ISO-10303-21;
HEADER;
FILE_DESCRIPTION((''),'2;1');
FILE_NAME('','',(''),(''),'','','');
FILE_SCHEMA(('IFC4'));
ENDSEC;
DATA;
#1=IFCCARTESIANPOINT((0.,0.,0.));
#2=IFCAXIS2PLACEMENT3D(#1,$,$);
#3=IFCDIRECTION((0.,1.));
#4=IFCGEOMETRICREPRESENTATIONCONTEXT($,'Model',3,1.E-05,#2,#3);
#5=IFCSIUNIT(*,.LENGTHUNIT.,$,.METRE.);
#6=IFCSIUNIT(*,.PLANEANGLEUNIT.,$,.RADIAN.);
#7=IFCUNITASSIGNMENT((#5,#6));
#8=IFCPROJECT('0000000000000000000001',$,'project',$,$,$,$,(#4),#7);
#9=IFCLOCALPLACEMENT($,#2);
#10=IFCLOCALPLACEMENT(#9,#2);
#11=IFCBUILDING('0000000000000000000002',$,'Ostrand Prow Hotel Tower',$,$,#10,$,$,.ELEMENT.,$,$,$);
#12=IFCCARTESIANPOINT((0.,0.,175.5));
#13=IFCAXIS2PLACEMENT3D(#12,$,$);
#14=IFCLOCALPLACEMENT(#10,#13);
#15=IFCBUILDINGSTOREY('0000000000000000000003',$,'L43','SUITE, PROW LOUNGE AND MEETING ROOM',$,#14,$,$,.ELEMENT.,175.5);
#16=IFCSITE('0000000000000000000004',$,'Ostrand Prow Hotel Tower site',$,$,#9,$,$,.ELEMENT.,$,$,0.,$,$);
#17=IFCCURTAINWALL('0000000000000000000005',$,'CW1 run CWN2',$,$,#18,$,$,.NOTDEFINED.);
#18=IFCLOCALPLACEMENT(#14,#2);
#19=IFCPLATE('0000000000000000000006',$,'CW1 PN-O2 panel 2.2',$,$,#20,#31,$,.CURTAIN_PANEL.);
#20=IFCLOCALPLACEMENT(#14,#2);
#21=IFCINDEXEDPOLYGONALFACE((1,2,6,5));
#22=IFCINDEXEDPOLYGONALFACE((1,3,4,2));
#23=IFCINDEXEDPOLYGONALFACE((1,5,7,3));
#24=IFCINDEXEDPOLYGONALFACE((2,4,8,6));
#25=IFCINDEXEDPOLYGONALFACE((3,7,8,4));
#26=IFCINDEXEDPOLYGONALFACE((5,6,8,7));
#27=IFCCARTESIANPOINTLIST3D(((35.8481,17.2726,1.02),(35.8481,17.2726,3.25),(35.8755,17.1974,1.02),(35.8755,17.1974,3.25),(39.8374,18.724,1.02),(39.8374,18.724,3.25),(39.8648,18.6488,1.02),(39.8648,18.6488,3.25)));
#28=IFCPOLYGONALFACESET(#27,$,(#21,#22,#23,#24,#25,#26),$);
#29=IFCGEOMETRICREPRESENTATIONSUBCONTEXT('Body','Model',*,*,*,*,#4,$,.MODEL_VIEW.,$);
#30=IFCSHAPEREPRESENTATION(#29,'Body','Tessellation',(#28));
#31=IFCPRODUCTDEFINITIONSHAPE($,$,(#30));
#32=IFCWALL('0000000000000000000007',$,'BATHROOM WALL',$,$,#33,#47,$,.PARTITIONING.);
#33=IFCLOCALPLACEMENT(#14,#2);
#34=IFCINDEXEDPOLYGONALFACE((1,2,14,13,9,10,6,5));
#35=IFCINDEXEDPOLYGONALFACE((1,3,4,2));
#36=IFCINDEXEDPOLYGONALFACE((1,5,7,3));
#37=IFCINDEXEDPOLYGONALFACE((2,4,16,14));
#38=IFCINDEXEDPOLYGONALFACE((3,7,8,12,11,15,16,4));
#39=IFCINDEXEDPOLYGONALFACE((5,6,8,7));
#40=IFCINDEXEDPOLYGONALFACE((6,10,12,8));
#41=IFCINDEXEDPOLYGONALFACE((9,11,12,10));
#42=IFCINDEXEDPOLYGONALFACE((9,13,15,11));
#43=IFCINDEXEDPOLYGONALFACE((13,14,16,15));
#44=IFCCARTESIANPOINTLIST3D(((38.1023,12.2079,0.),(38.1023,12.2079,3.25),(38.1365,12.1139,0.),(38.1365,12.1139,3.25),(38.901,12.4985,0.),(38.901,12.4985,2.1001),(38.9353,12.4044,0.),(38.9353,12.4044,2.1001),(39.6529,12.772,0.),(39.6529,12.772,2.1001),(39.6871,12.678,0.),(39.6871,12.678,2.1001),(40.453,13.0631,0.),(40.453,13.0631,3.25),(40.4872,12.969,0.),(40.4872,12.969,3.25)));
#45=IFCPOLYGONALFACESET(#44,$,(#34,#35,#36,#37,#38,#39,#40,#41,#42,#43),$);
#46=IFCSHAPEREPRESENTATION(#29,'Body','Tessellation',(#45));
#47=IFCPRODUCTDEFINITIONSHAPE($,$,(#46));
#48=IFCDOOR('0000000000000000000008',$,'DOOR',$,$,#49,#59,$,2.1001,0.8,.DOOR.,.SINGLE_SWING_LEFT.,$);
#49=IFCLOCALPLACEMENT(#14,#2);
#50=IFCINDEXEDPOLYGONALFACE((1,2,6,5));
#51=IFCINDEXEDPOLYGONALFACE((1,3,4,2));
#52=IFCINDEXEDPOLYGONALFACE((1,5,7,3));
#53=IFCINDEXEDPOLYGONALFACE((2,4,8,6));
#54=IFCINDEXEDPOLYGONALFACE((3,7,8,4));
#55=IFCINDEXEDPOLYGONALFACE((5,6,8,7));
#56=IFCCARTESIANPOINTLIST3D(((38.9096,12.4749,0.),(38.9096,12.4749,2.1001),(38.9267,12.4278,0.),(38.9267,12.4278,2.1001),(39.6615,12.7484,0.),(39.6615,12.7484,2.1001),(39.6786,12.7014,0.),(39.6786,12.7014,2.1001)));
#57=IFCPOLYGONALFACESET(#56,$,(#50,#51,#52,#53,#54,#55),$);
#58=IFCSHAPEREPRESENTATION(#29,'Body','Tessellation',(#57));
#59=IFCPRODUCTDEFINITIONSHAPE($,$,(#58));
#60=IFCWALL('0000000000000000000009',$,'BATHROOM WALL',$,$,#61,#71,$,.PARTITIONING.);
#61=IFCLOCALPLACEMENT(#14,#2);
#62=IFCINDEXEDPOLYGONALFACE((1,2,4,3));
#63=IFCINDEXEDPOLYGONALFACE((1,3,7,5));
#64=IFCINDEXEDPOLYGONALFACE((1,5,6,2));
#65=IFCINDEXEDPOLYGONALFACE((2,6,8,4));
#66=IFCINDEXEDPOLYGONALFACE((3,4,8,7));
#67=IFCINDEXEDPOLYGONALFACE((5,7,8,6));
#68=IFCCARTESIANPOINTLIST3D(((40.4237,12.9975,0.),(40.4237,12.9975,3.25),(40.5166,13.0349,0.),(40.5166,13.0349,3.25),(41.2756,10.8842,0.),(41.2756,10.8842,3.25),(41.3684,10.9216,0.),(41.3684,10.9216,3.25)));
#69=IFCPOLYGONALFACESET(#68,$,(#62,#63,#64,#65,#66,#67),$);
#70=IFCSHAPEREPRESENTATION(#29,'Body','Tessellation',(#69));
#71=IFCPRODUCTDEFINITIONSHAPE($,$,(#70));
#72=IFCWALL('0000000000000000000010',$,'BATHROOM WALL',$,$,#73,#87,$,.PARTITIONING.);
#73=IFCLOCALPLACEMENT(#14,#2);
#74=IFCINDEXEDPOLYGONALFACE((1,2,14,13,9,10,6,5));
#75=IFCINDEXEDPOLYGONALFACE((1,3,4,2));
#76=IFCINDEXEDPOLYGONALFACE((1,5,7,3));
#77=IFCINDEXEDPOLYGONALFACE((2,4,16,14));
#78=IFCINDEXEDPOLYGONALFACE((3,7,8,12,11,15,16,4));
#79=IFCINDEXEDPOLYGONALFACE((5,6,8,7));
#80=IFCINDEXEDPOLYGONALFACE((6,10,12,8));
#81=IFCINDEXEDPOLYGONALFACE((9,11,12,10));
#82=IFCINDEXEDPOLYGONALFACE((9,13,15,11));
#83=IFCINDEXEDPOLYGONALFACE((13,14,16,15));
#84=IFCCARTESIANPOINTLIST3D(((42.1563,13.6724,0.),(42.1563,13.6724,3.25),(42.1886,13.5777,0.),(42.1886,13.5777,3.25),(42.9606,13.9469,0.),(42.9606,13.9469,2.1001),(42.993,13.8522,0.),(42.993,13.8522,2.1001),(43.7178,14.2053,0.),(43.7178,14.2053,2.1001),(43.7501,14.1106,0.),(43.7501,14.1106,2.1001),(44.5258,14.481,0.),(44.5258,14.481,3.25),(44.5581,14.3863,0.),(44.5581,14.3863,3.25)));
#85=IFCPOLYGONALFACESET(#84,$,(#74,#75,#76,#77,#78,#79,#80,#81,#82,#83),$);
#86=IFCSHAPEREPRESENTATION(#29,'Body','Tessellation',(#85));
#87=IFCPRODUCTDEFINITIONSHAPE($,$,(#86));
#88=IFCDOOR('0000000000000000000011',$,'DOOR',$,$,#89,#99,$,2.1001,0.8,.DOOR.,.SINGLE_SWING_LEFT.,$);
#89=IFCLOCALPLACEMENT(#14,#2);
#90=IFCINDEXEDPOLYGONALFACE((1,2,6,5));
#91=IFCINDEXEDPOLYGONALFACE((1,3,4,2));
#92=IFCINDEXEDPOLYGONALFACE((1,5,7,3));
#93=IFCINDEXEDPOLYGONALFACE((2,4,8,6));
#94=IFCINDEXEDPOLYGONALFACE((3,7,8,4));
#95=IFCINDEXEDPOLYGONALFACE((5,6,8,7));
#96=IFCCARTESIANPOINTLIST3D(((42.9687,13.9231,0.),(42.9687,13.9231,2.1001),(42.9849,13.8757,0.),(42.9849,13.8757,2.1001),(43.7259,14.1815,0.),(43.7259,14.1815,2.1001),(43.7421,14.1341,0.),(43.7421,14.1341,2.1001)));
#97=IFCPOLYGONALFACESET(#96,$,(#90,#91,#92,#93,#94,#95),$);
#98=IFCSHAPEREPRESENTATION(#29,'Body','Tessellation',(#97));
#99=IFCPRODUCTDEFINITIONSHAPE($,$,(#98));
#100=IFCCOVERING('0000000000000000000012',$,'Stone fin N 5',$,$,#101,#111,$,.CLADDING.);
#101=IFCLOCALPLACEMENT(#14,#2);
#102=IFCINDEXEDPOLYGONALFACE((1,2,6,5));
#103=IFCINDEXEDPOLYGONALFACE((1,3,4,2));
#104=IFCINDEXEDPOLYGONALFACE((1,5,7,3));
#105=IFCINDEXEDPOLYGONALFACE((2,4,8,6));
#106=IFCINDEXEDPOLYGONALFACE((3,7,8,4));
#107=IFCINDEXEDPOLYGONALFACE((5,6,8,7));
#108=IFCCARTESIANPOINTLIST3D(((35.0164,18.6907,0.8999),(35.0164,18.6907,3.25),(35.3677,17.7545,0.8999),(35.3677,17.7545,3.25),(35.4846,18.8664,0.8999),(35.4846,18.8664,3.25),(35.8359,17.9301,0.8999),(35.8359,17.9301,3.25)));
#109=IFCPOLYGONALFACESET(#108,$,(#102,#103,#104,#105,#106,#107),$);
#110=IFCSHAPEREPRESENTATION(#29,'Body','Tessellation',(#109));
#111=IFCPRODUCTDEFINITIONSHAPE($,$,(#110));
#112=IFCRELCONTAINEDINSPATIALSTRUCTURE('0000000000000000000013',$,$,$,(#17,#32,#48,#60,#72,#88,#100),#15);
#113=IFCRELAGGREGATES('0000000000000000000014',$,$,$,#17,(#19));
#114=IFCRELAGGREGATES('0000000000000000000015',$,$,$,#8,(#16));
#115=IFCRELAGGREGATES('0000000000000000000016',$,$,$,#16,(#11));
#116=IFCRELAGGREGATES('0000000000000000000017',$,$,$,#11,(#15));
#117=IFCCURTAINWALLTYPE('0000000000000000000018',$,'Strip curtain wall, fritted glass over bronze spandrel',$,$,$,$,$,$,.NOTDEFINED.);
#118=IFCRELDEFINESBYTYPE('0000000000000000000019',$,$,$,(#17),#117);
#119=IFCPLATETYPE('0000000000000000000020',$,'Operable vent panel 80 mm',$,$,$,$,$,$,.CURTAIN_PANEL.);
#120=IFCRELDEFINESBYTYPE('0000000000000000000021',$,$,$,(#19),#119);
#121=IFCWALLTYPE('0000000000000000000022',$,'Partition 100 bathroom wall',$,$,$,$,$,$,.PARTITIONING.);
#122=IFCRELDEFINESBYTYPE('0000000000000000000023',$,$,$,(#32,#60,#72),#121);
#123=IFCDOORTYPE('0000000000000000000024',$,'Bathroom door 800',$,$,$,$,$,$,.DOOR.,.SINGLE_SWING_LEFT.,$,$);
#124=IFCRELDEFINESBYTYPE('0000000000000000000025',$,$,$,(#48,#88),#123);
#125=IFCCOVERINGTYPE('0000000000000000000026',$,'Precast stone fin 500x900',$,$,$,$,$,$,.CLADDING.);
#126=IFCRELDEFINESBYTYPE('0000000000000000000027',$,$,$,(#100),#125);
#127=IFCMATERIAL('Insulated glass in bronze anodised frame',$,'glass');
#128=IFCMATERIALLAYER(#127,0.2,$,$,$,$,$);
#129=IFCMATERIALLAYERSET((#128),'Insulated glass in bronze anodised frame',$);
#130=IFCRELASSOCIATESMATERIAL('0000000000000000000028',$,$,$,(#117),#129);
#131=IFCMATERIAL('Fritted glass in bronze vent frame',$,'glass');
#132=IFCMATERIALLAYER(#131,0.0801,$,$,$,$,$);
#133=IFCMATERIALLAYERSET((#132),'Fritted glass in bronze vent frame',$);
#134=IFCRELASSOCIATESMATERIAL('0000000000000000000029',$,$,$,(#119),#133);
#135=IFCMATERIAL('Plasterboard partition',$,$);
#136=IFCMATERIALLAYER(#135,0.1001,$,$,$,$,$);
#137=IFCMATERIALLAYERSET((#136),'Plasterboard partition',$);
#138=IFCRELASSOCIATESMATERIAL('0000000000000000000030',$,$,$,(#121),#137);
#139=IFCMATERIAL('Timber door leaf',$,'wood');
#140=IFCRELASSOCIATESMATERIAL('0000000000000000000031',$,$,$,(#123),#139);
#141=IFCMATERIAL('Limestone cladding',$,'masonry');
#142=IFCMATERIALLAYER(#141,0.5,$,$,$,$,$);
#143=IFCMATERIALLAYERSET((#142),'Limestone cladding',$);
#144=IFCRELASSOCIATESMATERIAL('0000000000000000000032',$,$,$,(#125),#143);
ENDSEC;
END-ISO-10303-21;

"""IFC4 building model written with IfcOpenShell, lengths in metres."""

from ifc_helpers import new_model, si_unit, direction, frame, frame_2d, origin, origin_2d, place, context, subcontext, project, spatial, rectangle, extrude, material, layer, layer_set, type_object, element, fill, aggregate, save


model = new_model("IFC4")

# Units and contexts
model_context = context("Model", 3, precision=1e-05, world=origin(), true_north=direction((0.0, 1.0)))
body_context = subcontext(model_context, "Body", "Model", "MODEL_VIEW")
ifc_project = project(units=[si_unit("LENGTHUNIT", "METRE"), si_unit("PLANEANGLEUNIT", "RADIAN")], contexts=[model_context])

# Site, building, storey
site_placement = place(None, origin())
site = spatial("IfcSite", under=ifc_project, at=site_placement, Name="Ostrand Prow Hotel Tower site", CompositionType="ELEMENT", RefElevation=0.0)
building_placement = place(site_placement, origin())
building = spatial("IfcBuilding", under=site, at=building_placement, Name="Ostrand Prow Hotel Tower", CompositionType="ELEMENT")
storey_placement = place(building_placement, frame((0.0, 0.0, 175.5)))
storey = spatial("IfcBuildingStorey", under=building, at=storey_placement, Name="L43", Description="SUITE, PROW LOUNGE AND MEETING ROOM", CompositionType="ELEMENT", Elevation=175.5)

# Curtain wall
ifc_material_1 = material(Name="Insulated glass in bronze anodised frame", Category="glass")
ifc_layer_1 = layer(ifc_material_1, 0.2)
ifc_layer_set_1 = layer_set([ifc_layer_1], Name="Insulated glass in bronze anodised frame")
curtain_wall_type = type_object("IfcCurtainWallType", Name="Strip curtain wall, fritted glass over bronze spandrel", PredefinedType="NOTDEFINED", material=ifc_layer_set_1)
curtain_wall_1_placement = place(storey_placement, origin())
curtain_wall_1 = element("IfcCurtainWall", 1, at=curtain_wall_1_placement, inside=storey, type_object=curtain_wall_type, Name="CW1 run CWN2", PredefinedType="NOTDEFINED")

# Plate
ifc_material_2 = material(Name="Fritted glass in bronze vent frame", Category="glass")
ifc_layer_2 = layer(ifc_material_2, 0.0801)
ifc_layer_set_2 = layer_set([ifc_layer_2], Name="Fritted glass in bronze vent frame")
plate_type_1 = type_object("IfcPlateType", Name="Operable vent panel 80 mm", PredefinedType="CURTAIN_PANEL", material=ifc_layer_set_2)
plate_1_placement = place(storey_placement, frame((37.8564, 17.9607, 1.02), z_axis=(0.0, 0.0, 1.0), x_axis=(-0.939737, -0.341897, 0.0)))
plate_1 = element("IfcPlate", 2, at=plate_1_placement, type_object=plate_type_1, Name="CW1 PN-O2 panel 2.2", PredefinedType="CURTAIN_PANEL", context=body_context, shape_type="SweptSolid", body=[
    extrude(rectangle(XDim=4.2451, YDim=0.0801, at=origin_2d()), origin(), (0.0, 0.0, 1.0), 2.23),
])
aggregate(curtain_wall_1, [plate_1])

# Wall, opening, door
ifc_material_3 = material(Name="Plasterboard partition")
ifc_layer_3 = layer(ifc_material_3, 0.1001)
ifc_layer_set_3 = layer_set([ifc_layer_3], Name="Plasterboard partition")
wall_type = type_object("IfcWallType", Name="Partition 100 bathroom wall", PredefinedType="PARTITIONING", material=ifc_layer_set_3)
wall_1_placement = place(storey_placement, frame((38.1194, 12.1609, 0.0), z_axis=(0.0, 0.0, 1.0), x_axis=(0.939745, 0.341876, 0.0)))
wall_1 = element("IfcWall", 3, at=wall_1_placement, inside=storey, type_object=wall_type, Name="BATHROOM WALL", PredefinedType="PARTITIONING", context=body_context, shape_type="SweptSolid", body=[
    extrude(rectangle(XDim=2.5015, YDim=0.1001, at=frame_2d((1.2507, 0.0))), origin(), (0.0, 0.0, 1.0), 3.25),
])
opening_1_placement = place(wall_1_placement, frame((0.8501, 0.0, 0.0)))
opening_1 = element("IfcOpeningElement", 4, at=opening_1_placement, cuts=wall_1, PredefinedType="OPENING", context=body_context, shape_type="SweptSolid", body=[
    extrude(rectangle(XDim=0.8, YDim=2.1001, at=frame_2d((0.3999, 1.05))), frame((0.0, 0.0601, 0.0), z_axis=(0.0, -1.0, 0.0), x_axis=(1.0, 0.0, 0.0)), (0.0, 0.0, 1.0), 0.1201),
])
ifc_material_4 = material(Name="Timber door leaf", Category="wood")
door_type = type_object("IfcDoorType", Name="Bathroom door 800", OperationType="SINGLE_SWING_LEFT", PredefinedType="DOOR", material=ifc_material_4)
door_1_placement = place(opening_1_placement, origin())
door_1 = element("IfcDoor", 5, at=door_1_placement, inside=storey, type_object=door_type, Name="DOOR", OperationType="SINGLE_SWING_LEFT", OverallHeight=2.1001, OverallWidth=0.8, PredefinedType="DOOR", context=body_context, shape_type="SweptSolid", body=[
    extrude(rectangle(XDim=0.8, YDim=2.1001, at=frame_2d((0.3999, 1.05))), frame((0.0, 0.0249, 0.0), z_axis=(0.0, -1.0, 0.0), x_axis=(1.0, 0.0, 0.0)), (0.0, 0.0, 1.0), 0.05),
])
fill(opening_1, door_1)

# Wall
wall_2_placement = place(storey_placement, frame((40.4702, 13.0161, 0.0), z_axis=(0.0, 0.0, 1.0), x_axis=(0.373846, -0.927491, 0.0)))
element("IfcWall", 6, at=wall_2_placement, inside=storey, type_object=wall_type, Name="BATHROOM WALL", PredefinedType="PARTITIONING", context=body_context, shape_type="SweptSolid", body=[
    extrude(rectangle(XDim=2.2786, YDim=0.1001, at=frame_2d((1.1392, 0.0))), origin(), (0.0, 0.0, 1.0), 3.25),
])

# Wall, opening, door
wall_3_placement = place(storey_placement, frame((42.1724, 13.625, 0.0), z_axis=(0.0, 0.0, 1.0), x_axis=(0.946407, 0.322978, 0.0)))
wall_3 = element("IfcWall", 7, at=wall_3_placement, inside=storey, type_object=wall_type, Name="BATHROOM WALL", PredefinedType="PARTITIONING", context=body_context, shape_type="SweptSolid", body=[
    extrude(rectangle(XDim=2.5037, YDim=0.1001, at=frame_2d((1.252, 0.0))), origin(), (0.0, 0.0, 1.0), 3.25),
])
opening_2_placement = place(wall_3_placement, frame((0.8501, 0.0, 0.0)))
opening_2 = element("IfcOpeningElement", 8, at=opening_2_placement, cuts=wall_3, PredefinedType="OPENING", context=body_context, shape_type="SweptSolid", body=[
    extrude(rectangle(XDim=0.8, YDim=2.1001, at=frame_2d((0.3999, 1.05))), frame((0.0, 0.0601, 0.0), z_axis=(0.0, -1.0, 0.0), x_axis=(1.0, 0.0, 0.0)), (0.0, 0.0, 1.0), 0.1201),
])
door_2_placement = place(opening_2_placement, origin())
door_2 = element("IfcDoor", 9, at=door_2_placement, inside=storey, type_object=door_type, Name="DOOR", OperationType="SINGLE_SWING_LEFT", OverallHeight=2.1001, OverallWidth=0.8, PredefinedType="DOOR", context=body_context, shape_type="SweptSolid", body=[
    extrude(rectangle(XDim=0.8, YDim=2.1001, at=frame_2d((0.3999, 1.05))), frame((0.0, 0.0249, 0.0), z_axis=(0.0, -1.0, 0.0), x_axis=(1.0, 0.0, 0.0)), (0.0, 0.0, 1.0), 0.05),
])
fill(opening_2, door_2)

# Covering
ifc_material_5 = material(Name="Limestone cladding", Category="masonry")
ifc_layer_4 = layer(ifc_material_5, 0.5)
ifc_layer_set_4 = layer_set([ifc_layer_4], Name="Limestone cladding")
covering_type = type_object("IfcCoveringType", Name="Precast stone fin 500x900", PredefinedType="CLADDING", material=ifc_layer_set_4)
covering_placement = place(storey_placement, frame((35.6018, 17.8423, 0.8999), z_axis=(0.0, 0.0, 1.0), x_axis=(-0.351311, 0.936259, 0.0)))
element("IfcCovering", 10, at=covering_placement, inside=storey, type_object=covering_type, Name="Stone fin N 5", PredefinedType="CLADDING", context=body_context, shape_type="SweptSolid", body=[
    extrude(rectangle(XDim=1.0, YDim=0.5, at=frame_2d((0.5, 0.0))), origin(), (0.0, 0.0, 1.0), 2.3501),
])

save(model, "model.ifc")
